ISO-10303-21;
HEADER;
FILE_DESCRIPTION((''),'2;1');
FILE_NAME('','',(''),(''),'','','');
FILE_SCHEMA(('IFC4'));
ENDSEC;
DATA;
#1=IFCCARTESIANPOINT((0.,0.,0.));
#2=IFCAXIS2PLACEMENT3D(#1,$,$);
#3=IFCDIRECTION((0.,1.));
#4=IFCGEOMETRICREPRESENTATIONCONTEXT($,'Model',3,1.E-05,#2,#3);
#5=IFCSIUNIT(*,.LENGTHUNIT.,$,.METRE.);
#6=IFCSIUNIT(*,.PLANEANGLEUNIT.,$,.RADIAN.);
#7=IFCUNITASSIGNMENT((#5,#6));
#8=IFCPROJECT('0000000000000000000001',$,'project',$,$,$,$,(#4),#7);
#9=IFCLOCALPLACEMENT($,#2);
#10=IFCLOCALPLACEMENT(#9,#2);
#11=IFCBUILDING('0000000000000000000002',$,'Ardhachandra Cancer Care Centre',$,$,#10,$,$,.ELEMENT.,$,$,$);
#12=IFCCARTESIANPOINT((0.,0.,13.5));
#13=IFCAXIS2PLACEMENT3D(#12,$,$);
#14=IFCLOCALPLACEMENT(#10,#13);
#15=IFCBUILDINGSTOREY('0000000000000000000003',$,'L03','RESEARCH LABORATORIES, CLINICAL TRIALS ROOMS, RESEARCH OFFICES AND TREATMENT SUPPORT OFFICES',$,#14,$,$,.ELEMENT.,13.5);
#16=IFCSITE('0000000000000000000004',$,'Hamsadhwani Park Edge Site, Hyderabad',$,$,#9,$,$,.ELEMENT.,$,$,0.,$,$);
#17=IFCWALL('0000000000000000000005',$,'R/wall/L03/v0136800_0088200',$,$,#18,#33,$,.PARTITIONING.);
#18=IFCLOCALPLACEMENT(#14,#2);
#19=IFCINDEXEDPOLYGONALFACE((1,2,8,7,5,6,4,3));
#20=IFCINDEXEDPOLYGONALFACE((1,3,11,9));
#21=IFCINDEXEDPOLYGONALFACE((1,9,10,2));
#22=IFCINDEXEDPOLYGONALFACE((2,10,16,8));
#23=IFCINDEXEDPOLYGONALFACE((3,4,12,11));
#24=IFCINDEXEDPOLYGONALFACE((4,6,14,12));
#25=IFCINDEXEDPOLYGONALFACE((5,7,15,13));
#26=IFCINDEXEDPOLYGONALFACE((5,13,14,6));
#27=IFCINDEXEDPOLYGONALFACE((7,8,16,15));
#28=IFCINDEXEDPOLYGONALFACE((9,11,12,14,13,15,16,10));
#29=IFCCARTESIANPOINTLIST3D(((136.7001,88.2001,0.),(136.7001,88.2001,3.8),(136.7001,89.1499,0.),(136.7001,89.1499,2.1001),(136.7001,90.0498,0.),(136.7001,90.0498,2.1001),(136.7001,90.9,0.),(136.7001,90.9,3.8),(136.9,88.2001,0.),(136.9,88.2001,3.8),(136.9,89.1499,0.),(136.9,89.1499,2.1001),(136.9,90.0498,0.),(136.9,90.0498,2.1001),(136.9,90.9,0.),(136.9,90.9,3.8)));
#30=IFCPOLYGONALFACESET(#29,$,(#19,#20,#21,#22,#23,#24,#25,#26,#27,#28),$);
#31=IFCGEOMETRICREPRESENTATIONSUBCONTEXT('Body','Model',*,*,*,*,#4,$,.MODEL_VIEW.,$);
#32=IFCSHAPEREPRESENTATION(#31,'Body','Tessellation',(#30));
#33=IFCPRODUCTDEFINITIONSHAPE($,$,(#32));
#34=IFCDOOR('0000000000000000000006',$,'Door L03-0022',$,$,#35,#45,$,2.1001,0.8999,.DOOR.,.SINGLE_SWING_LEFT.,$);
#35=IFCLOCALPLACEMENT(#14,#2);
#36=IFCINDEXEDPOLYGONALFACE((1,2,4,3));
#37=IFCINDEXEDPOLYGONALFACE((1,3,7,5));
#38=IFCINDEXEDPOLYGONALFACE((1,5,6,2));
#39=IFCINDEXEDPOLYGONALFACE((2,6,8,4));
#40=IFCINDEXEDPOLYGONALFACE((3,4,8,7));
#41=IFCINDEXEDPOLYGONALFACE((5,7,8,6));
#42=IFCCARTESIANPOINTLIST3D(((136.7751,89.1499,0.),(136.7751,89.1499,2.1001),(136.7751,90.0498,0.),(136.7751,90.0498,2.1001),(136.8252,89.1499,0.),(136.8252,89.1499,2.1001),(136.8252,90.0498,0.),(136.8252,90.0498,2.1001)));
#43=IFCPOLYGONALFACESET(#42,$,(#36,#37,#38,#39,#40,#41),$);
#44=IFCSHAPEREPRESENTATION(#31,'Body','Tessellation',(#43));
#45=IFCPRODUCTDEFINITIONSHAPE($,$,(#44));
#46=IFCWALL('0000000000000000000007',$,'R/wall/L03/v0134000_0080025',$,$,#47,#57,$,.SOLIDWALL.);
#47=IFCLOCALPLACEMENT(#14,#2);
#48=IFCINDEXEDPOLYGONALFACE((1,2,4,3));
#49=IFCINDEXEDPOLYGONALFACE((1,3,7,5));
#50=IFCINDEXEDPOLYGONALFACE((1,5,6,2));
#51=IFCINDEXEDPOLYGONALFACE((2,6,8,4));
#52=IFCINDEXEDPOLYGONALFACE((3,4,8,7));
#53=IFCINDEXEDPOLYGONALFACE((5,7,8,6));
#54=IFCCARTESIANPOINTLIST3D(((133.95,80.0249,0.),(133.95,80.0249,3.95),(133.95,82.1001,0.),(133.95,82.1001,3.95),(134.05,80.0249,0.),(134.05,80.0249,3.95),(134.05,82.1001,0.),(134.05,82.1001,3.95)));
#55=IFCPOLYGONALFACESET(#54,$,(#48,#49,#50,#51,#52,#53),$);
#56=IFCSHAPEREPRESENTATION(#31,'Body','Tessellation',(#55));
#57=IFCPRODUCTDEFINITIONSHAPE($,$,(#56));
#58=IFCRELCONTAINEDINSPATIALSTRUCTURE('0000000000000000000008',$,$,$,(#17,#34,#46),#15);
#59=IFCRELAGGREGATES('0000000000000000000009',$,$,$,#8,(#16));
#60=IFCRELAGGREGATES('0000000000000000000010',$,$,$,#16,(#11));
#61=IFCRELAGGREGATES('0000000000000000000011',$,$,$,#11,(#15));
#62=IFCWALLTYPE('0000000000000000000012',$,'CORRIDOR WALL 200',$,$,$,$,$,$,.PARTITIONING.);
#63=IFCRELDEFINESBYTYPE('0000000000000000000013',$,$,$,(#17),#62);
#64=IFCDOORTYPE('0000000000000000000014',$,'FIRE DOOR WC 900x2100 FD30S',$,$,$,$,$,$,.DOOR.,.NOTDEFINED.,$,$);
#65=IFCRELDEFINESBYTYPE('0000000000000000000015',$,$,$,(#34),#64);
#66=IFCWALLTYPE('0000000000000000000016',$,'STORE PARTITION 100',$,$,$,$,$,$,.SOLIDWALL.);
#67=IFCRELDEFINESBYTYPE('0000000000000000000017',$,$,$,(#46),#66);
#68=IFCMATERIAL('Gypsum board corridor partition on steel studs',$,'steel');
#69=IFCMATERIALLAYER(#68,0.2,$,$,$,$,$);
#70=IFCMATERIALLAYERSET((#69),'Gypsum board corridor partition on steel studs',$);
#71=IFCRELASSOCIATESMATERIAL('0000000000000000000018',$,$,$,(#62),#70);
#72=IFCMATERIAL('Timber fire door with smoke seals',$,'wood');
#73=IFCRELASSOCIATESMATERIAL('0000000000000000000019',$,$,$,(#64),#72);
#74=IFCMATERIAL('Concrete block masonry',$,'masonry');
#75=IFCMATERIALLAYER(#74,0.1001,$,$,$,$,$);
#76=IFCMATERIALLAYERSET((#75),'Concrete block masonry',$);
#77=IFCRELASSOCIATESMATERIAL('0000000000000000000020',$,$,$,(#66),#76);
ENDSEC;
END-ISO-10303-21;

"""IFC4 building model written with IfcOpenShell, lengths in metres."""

from ifc_helpers import new_model, si_unit, direction, frame, frame_2d, origin, place, context, subcontext, project, spatial, rectangle, extrude, material, layer, layer_set, type_object, element, fill, save


model = new_model("IFC4")

# Units and contexts
model_context = context("Model", 3, precision=1e-05, world=origin(), true_north=direction((0.0, 1.0)))
body_context = subcontext(model_context, "Body", "Model", "MODEL_VIEW")
ifc_project = project(units=[si_unit("LENGTHUNIT", "METRE"), si_unit("PLANEANGLEUNIT", "RADIAN")], contexts=[model_context])

# Site, building, storey
site_placement = place(None, origin())
site = spatial("IfcSite", under=ifc_project, at=site_placement, Name="Hamsadhwani Park Edge Site, Hyderabad", CompositionType="ELEMENT", RefElevation=0.0)
building_placement = place(site_placement, origin())
building = spatial("IfcBuilding", under=site, at=building_placement, Name="Ardhachandra Cancer Care Centre", CompositionType="ELEMENT")
storey_placement = place(building_placement, frame((0.0, 0.0, 13.5)))
storey = spatial("IfcBuildingStorey", under=building, at=storey_placement, Name="L03", Description="RESEARCH LABORATORIES, CLINICAL TRIALS ROOMS, RESEARCH OFFICES AND TREATMENT SUPPORT OFFICES", CompositionType="ELEMENT", Elevation=13.5)

# Wall, opening, door
ifc_material_1 = material(Name="Gypsum board corridor partition on steel studs", Category="steel")
ifc_layer_1 = layer(ifc_material_1, 0.2)
ifc_layer_set_1 = layer_set([ifc_layer_1], Name="Gypsum board corridor partition on steel studs")
wall_type_1 = type_object("IfcWallType", Name="CORRIDOR WALL 200", PredefinedType="PARTITIONING", material=ifc_layer_set_1)
wall_1_placement = place(storey_placement, frame((136.8, 88.2, 0.0), z_axis=(0.0, 0.0, 1.0), x_axis=(0.0, 1.0, 0.0)))
wall_1 = element("IfcWall", 1, at=wall_1_placement, inside=storey, type_object=wall_type_1, Name="R/wall/L03/v0136800_0088200", PredefinedType="PARTITIONING", context=body_context, shape_type="SweptSolid", body=[
    extrude(rectangle(XDim=2.7, YDim=0.2, at=frame_2d((1.3501, 0.0))), origin(), (0.0, 0.0, 1.0), 3.8),
])
opening_1_placement = place(wall_1_placement, frame((0.95, 0.0, 0.0)))
opening_1 = element("IfcOpeningElement", 2, at=opening_1_placement, cuts=wall_1, PredefinedType="OPENING", context=body_context, shape_type="SweptSolid", body=[
    extrude(rectangle(XDim=0.8999, YDim=2.1001, at=frame_2d((0.45, 1.05))), frame((0.0, 0.1099, 0.0), z_axis=(0.0, -1.0, 0.0), x_axis=(1.0, 0.0, 0.0)), (0.0, 0.0, 1.0), 0.22),
])
ifc_material_2 = material(Name="Timber fire door with smoke seals", Category="wood")
door_type_1 = type_object("IfcDoorType", Name="FIRE DOOR WC 900x2100 FD30S", OperationType="NOTDEFINED", PredefinedType="DOOR", material=ifc_material_2)
door_1_placement = place(opening_1_placement, origin())
door_1 = element("IfcDoor", 3, at=door_1_placement, inside=storey, type_object=door_type_1, Name="Door L03-0022", OperationType="SINGLE_SWING_LEFT", OverallHeight=2.1001, OverallWidth=0.8999, PredefinedType="DOOR", context=body_context, shape_type="SweptSolid", body=[
    extrude(rectangle(XDim=0.8999, YDim=2.1001, at=frame_2d((0.45, 1.05))), frame((0.0, 0.0249, 0.0), z_axis=(0.0, -1.0, 0.0), x_axis=(1.0, 0.0, 0.0)), (0.0, 0.0, 1.0), 0.05),
])
fill(opening_1, door_1)

# Wall
ifc_material_3 = material(Name="Concrete block masonry", Category="masonry")
ifc_layer_2 = layer(ifc_material_3, 0.1001)
ifc_layer_set_2 = layer_set([ifc_layer_2], Name="Concrete block masonry")
wall_type_2 = type_object("IfcWallType", Name="STORE PARTITION 100", PredefinedType="SOLIDWALL", material=ifc_layer_set_2)
wall_2_placement = place(storey_placement, frame((134.0, 80.0249, 0.0), z_axis=(0.0, 0.0, 1.0), x_axis=(0.0, 1.0, 0.0)))
element("IfcWall", 4, at=wall_2_placement, inside=storey, type_object=wall_type_2, Name="R/wall/L03/v0134000_0080025", PredefinedType="SOLIDWALL", context=body_context, shape_type="SweptSolid", body=[
    extrude(rectangle(XDim=2.0752, YDim=0.1001, at=frame_2d((1.0376, 0.0))), origin(), (0.0, 0.0, 1.0), 3.95),
])

save(model, "model.ifc")
